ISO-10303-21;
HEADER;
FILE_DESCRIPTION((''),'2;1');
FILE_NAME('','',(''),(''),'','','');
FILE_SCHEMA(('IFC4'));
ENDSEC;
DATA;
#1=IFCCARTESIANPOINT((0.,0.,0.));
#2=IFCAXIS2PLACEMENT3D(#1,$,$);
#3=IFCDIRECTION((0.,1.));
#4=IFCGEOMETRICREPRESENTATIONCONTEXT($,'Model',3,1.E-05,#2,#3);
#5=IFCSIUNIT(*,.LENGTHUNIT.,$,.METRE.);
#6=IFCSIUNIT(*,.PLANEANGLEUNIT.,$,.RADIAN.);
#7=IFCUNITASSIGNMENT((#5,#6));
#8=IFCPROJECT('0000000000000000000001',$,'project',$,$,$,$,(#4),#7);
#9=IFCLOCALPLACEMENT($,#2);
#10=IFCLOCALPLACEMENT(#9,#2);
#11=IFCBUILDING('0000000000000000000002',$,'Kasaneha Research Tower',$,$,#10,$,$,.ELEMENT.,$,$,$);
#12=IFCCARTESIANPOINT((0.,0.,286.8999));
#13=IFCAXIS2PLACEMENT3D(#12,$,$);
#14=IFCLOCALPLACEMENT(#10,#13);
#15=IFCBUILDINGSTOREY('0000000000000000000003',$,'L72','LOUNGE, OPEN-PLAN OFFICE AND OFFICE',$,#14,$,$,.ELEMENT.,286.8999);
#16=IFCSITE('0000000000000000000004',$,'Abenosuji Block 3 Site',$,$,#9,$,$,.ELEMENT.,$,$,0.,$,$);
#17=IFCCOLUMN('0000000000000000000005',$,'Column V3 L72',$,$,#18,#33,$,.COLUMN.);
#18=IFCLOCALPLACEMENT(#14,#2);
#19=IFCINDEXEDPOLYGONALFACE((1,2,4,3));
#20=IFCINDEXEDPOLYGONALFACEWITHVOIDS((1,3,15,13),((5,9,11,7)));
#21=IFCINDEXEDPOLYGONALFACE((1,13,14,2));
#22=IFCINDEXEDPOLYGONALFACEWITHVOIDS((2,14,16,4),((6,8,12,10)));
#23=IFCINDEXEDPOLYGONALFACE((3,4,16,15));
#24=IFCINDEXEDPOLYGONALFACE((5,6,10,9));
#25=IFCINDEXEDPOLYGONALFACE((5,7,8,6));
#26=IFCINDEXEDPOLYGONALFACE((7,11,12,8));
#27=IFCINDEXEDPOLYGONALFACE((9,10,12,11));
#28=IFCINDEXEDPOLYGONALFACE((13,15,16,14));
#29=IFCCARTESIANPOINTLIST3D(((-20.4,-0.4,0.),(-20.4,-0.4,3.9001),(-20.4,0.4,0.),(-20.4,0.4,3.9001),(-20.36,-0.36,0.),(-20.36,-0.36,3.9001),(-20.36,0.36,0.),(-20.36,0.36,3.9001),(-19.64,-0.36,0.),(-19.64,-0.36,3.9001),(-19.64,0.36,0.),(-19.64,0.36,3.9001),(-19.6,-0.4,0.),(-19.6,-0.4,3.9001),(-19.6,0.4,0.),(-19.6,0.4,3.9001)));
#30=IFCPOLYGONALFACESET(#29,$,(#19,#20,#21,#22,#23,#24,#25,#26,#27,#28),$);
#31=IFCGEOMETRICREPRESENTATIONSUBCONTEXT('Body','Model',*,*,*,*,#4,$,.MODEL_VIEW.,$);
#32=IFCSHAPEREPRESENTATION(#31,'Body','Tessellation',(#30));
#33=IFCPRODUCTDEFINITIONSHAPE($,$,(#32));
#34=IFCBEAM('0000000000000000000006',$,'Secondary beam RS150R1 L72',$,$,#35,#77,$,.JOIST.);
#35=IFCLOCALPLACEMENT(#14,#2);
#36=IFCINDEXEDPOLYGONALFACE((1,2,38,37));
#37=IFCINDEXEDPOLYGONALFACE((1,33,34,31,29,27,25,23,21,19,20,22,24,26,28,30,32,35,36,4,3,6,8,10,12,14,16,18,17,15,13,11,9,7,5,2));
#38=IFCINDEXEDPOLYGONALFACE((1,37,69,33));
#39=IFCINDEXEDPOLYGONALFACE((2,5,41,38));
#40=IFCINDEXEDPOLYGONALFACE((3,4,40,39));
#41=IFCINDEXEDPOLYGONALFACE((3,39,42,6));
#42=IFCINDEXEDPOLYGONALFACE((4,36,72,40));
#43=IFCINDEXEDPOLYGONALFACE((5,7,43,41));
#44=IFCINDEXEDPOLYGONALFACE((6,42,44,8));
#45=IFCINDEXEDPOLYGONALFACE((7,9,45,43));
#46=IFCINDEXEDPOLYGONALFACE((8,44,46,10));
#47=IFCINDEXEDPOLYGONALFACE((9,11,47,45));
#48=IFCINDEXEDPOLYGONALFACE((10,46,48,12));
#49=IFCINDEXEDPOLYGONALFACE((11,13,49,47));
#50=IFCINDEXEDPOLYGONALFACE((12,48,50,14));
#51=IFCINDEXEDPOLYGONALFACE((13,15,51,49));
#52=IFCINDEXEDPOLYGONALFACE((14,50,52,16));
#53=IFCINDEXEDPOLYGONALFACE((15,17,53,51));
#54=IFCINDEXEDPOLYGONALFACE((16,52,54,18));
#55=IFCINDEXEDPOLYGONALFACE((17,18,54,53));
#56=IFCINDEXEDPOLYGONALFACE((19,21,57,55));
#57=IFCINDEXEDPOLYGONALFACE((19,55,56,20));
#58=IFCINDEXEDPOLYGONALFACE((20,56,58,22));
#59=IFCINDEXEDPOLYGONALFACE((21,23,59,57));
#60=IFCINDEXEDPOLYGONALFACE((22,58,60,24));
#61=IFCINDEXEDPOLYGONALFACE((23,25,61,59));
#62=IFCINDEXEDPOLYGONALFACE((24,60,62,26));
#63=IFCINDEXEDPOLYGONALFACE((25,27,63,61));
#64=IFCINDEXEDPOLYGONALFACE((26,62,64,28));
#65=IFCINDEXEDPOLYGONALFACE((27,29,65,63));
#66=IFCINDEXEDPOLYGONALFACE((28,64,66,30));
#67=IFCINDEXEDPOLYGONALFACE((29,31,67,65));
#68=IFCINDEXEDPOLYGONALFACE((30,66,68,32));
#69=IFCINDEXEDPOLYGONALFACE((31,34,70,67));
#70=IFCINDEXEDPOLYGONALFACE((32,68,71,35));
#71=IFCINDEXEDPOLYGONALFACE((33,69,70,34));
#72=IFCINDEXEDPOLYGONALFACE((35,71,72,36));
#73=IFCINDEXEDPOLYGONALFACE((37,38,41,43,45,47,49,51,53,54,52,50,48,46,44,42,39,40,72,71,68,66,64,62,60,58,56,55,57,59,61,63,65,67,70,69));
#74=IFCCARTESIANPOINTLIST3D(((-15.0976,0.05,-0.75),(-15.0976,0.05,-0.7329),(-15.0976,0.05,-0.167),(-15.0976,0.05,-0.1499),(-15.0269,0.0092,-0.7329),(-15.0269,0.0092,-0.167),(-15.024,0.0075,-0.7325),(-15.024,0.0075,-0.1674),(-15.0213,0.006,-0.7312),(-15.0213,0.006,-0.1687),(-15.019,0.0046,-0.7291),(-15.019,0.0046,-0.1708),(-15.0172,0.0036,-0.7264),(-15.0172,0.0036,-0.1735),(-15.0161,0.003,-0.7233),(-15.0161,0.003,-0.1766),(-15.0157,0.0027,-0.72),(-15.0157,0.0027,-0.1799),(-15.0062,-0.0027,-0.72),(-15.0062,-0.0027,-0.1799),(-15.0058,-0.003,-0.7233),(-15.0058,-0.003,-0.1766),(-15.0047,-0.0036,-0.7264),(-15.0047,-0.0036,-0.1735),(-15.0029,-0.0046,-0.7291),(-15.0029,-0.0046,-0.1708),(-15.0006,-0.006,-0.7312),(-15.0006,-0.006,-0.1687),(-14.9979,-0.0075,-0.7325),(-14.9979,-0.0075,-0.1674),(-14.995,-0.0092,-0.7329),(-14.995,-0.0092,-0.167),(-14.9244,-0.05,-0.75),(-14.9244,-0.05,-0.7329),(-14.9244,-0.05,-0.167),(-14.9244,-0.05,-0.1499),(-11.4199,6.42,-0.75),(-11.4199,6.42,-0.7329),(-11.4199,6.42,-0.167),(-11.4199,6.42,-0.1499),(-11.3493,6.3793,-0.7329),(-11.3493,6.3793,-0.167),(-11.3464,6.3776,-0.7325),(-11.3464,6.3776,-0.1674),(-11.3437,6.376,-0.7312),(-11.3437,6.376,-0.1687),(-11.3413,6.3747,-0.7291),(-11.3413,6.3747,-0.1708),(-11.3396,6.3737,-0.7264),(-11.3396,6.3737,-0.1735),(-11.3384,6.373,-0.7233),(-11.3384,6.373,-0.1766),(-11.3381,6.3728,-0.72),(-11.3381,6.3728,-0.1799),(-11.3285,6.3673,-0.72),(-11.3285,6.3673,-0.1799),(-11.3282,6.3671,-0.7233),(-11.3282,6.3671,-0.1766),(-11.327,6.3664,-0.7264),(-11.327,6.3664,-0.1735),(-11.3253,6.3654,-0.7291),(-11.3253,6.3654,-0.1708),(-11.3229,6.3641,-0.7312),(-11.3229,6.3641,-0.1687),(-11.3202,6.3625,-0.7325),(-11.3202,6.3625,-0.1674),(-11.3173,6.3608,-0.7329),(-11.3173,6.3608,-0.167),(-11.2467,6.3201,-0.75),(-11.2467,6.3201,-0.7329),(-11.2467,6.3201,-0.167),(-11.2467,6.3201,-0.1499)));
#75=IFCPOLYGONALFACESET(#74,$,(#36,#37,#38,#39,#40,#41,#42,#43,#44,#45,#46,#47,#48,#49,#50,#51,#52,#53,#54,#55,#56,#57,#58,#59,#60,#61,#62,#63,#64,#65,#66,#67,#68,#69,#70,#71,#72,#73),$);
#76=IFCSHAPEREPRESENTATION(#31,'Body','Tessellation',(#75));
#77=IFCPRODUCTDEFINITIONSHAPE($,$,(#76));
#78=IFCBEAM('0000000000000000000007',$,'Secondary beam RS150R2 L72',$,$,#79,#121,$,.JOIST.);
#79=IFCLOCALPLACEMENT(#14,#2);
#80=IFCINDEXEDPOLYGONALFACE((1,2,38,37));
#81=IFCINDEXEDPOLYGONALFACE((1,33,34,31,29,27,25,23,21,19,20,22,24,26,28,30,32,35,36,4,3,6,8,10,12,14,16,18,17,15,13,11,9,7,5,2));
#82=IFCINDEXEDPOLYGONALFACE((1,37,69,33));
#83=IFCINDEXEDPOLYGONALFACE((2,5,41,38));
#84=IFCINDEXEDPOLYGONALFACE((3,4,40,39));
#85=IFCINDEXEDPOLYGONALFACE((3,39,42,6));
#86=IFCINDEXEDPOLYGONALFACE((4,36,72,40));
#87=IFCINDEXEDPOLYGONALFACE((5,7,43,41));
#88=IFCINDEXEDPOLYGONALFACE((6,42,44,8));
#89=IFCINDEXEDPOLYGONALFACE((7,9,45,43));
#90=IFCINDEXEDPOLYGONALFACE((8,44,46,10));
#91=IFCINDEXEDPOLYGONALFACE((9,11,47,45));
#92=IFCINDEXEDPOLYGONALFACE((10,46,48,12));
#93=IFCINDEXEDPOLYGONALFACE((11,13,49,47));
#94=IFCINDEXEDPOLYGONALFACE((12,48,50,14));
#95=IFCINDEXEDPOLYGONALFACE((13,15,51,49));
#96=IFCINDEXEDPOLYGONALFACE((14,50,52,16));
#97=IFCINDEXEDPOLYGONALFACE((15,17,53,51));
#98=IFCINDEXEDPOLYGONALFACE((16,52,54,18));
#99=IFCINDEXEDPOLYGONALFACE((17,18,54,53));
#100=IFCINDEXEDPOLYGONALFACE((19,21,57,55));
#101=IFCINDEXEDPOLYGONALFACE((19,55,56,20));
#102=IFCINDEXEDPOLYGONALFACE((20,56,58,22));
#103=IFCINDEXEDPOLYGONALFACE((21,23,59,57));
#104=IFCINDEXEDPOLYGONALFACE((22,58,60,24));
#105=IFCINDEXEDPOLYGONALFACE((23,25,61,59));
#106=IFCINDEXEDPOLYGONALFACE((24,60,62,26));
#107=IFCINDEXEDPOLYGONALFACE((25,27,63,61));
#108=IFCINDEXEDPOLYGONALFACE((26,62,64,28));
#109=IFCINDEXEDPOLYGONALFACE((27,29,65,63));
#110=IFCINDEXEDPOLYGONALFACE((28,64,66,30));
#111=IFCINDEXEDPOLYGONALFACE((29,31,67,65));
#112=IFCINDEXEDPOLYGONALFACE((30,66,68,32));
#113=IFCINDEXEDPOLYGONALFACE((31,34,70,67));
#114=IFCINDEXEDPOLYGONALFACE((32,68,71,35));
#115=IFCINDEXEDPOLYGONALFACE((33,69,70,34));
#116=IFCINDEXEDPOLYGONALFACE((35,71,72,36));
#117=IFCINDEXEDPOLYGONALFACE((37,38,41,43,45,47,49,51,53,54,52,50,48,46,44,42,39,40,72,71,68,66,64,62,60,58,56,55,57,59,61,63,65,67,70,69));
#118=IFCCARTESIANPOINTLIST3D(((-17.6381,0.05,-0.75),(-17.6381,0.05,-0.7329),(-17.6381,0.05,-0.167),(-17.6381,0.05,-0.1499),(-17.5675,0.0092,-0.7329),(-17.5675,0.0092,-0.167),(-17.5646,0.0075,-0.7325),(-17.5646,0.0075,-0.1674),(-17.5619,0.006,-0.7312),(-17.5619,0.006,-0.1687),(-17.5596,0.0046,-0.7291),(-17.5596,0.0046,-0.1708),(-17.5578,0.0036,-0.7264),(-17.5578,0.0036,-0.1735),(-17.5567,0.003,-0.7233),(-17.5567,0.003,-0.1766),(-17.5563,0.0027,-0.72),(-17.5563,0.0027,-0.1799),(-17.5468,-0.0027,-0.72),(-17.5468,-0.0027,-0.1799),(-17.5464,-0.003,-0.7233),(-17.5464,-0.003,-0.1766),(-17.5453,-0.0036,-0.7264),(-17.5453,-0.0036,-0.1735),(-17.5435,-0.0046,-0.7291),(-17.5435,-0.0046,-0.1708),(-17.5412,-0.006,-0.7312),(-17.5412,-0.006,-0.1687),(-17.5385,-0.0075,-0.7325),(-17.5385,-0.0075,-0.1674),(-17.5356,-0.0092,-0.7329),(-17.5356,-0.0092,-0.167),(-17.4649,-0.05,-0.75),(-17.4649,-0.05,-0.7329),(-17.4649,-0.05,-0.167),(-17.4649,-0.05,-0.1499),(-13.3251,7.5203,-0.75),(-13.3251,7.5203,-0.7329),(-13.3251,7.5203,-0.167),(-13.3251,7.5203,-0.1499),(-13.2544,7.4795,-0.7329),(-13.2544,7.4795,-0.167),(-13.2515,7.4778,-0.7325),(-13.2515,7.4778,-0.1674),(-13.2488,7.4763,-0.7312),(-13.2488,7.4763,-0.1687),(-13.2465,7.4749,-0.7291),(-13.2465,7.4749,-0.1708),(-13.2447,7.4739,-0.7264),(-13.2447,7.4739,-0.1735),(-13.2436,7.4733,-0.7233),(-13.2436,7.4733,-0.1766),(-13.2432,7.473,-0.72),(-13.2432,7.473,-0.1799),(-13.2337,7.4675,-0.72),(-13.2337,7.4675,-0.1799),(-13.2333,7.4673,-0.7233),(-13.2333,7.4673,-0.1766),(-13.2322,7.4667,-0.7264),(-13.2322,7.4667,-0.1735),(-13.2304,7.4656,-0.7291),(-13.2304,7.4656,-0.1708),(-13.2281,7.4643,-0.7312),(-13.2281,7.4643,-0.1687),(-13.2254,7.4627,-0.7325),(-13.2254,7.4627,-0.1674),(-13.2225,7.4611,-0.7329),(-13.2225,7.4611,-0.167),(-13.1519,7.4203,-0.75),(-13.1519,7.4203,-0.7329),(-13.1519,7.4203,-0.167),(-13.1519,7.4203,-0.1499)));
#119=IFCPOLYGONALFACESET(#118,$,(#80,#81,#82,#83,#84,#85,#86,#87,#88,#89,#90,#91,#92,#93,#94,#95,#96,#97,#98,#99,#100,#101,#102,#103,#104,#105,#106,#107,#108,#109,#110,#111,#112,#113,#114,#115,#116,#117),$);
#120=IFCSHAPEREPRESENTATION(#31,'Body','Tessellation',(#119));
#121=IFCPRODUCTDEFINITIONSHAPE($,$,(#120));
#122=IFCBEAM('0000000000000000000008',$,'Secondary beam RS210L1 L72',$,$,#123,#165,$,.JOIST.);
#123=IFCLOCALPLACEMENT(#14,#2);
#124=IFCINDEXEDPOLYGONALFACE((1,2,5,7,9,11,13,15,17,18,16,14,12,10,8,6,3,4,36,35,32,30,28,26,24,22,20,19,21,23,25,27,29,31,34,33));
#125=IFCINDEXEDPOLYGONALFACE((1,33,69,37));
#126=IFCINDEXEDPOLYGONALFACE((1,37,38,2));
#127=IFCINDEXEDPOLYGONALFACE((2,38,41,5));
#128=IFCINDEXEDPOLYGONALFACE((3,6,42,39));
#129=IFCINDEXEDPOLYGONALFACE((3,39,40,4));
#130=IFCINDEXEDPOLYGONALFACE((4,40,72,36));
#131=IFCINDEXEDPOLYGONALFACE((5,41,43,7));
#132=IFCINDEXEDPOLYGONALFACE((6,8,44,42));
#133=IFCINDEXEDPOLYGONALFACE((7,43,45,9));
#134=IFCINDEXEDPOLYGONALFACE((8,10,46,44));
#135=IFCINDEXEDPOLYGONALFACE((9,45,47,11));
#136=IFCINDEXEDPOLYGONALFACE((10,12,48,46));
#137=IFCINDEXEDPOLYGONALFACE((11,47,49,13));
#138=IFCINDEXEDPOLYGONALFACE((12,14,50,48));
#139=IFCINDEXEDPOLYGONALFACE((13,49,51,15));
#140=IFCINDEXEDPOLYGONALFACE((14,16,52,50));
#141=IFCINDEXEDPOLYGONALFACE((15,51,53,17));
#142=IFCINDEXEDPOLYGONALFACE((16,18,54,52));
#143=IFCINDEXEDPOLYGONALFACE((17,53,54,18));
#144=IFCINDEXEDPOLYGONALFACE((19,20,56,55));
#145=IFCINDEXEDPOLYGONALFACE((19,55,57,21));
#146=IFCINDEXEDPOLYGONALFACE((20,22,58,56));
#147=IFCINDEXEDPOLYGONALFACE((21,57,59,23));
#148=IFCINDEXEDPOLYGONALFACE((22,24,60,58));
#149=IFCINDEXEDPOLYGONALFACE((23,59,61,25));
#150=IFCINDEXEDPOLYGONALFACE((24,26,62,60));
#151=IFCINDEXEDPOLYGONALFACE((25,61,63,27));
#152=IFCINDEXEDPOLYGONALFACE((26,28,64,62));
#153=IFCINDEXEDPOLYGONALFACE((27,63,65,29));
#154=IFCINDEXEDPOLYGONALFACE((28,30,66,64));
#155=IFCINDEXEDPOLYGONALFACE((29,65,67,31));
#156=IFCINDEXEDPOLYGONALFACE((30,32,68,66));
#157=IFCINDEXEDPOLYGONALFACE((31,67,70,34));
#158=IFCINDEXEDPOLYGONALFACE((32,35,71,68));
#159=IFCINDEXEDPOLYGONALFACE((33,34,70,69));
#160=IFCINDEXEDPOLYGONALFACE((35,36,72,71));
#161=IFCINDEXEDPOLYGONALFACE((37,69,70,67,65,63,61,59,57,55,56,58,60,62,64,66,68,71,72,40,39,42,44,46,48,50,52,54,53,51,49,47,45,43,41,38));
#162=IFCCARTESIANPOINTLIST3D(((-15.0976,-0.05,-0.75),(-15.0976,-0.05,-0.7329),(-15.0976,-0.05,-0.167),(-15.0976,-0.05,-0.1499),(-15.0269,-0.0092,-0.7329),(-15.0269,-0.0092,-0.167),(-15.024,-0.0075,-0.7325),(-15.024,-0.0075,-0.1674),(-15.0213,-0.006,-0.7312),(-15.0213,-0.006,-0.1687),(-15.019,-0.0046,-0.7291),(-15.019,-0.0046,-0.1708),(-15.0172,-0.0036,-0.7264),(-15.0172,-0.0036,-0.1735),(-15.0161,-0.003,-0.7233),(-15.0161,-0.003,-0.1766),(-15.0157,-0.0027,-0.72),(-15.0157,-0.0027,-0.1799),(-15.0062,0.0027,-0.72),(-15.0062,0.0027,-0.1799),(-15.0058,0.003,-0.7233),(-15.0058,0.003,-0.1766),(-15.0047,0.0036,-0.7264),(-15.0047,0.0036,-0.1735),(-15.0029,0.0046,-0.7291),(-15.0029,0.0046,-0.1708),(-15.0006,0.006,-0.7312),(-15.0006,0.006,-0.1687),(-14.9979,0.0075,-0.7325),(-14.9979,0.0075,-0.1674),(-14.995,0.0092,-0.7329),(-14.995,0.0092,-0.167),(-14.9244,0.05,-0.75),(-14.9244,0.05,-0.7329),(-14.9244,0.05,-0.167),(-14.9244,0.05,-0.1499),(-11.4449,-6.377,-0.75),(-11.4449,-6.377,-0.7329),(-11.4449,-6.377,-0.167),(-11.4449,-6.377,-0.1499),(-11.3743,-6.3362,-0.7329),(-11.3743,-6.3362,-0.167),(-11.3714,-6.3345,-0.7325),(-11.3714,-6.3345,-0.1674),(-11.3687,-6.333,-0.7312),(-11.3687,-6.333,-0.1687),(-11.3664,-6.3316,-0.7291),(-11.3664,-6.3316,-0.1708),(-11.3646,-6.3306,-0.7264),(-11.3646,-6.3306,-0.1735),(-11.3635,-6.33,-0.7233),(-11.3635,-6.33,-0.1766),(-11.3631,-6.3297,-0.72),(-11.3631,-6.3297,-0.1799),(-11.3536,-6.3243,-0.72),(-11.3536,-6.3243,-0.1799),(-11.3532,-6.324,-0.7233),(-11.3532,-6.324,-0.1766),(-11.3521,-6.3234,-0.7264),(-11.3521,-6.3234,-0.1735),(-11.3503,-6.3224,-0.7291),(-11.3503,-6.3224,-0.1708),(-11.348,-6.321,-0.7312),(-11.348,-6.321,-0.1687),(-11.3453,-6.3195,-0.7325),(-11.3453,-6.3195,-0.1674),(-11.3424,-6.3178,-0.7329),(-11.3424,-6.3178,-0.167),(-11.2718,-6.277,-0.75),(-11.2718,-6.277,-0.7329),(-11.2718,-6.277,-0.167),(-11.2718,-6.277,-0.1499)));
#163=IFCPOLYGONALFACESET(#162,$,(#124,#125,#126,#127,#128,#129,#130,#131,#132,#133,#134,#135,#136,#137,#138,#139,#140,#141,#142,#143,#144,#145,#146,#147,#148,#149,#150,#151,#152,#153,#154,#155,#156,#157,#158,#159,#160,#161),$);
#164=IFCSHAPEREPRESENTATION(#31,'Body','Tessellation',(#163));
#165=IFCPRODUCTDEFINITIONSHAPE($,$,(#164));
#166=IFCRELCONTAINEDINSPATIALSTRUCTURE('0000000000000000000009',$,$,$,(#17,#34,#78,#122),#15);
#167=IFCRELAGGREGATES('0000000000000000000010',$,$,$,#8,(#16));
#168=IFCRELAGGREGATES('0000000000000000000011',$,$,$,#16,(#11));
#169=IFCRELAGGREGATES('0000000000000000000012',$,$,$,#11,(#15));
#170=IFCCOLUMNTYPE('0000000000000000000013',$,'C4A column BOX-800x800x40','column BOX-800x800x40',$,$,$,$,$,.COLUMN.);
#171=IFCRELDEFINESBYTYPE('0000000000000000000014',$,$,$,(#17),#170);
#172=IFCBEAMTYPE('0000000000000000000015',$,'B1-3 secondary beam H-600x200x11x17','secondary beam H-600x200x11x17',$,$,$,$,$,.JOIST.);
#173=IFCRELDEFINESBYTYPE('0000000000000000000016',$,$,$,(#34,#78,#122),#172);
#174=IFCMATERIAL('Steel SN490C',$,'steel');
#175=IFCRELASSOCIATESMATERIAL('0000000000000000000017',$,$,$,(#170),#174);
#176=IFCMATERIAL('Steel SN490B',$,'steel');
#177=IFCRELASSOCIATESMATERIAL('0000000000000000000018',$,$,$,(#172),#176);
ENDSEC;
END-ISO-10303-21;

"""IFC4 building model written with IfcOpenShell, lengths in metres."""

from ifc_helpers import new_model, si_unit, direction, frame, origin, origin_2d, place, context, subcontext, project, spatial, hollow_rectangle, i_section, extrude, material, material_profile, profile_set, type_object, element, save


model = new_model("IFC4")

# Units and contexts
model_context = context("Model", 3, precision=1e-05, world=origin(), true_north=direction((0.0, 1.0)))
body_context = subcontext(model_context, "Body", "Model", "MODEL_VIEW")
ifc_project = project(units=[si_unit("LENGTHUNIT", "METRE"), si_unit("PLANEANGLEUNIT", "RADIAN")], contexts=[model_context])

# Site, building, storey
site_placement = place(None, origin())
site = spatial("IfcSite", under=ifc_project, at=site_placement, Name="Abenosuji Block 3 Site", CompositionType="ELEMENT", RefElevation=0.0)
building_placement = place(site_placement, origin())
building = spatial("IfcBuilding", under=site, at=building_placement, Name="Kasaneha Research Tower", CompositionType="ELEMENT")
storey_placement = place(building_placement, frame((0.0, 0.0, 286.8999)))
storey = spatial("IfcBuildingStorey", under=building, at=storey_placement, Name="L72", Description="LOUNGE, OPEN-PLAN OFFICE AND OFFICE", CompositionType="ELEMENT", Elevation=286.8999)

# Column
ifc_material_1 = material(Name="Steel SN490C", Category="steel")
ifc_material_profile_1 = material_profile(ifc_material_1, hollow_rectangle(XDim=0.8, YDim=0.8, WallThickness=0.04, at=origin_2d()), Name="BOX-800x800x40")
ifc_profile_set_1 = profile_set([ifc_material_profile_1], Name="Steel SN490C")
column_type = type_object("IfcColumnType", Name="C4A column BOX-800x800x40", Description="column BOX-800x800x40", PredefinedType="COLUMN", material=ifc_profile_set_1)
column_placement = place(storey_placement, frame((-20.0, 0.0, 0.0), z_axis=(0.0, 0.0, 1.0), x_axis=(1.0, 0.0, 0.0)))
element("IfcColumn", 1, at=column_placement, inside=storey, type_object=column_type, Name="Column V3 L72", PredefinedType="COLUMN", context=body_context, shape_type="SweptSolid", body=[
    extrude(hollow_rectangle(XDim=0.8, YDim=0.8, WallThickness=0.04, at=origin_2d()), origin(), (0.0, 0.0, 1.0), 3.9001),
])

# Beams
ifc_material_2 = material(Name="Steel SN490B", Category="steel")
ifc_material_profile_2 = material_profile(ifc_material_2, i_section(OverallWidth=0.2, OverallDepth=0.6001, WebThickness=0.011, FlangeThickness=0.0171, FilletRadius=0.0129, at=origin_2d()), Name="H-600x200x11x17")
ifc_profile_set_2 = profile_set([ifc_material_profile_2], Name="Steel SN490B")
beam_type_1 = type_object("IfcBeamType", Name="B1-3 secondary beam H-600x200x11x17", Description="secondary beam H-600x200x11x17", PredefinedType="JOIST", material=ifc_profile_set_2)
beam_1_placement = place(storey_placement, frame((-15.011, 0.0, -0.45), z_axis=(0.499994, 0.866029, 0.0), x_axis=(-0.866029, 0.499994, 0.0)))
element("IfcBeam", 2, at=beam_1_placement, inside=storey, type_object=beam_type_1, Name="Secondary beam RS150R1 L72", PredefinedType="JOIST", context=body_context, shape_type="SweptSolid", body=[
    extrude(i_section(OverallWidth=0.2, OverallDepth=0.6001, WebThickness=0.011, FlangeThickness=0.0171, FilletRadius=0.0129, at=origin_2d()), origin(), (0.0, 0.0, 1.0), 7.3555),
])
beam_2_placement = place(storey_placement, frame((-17.5515, 0.0, -0.45), z_axis=(0.500005, 0.866023, 0.0), x_axis=(-0.866023, 0.500005, 0.0)))
element("IfcBeam", 3, at=beam_2_placement, inside=storey, type_object=beam_type_1, Name="Secondary beam RS150R2 L72", PredefinedType="JOIST", context=body_context, shape_type="SweptSolid", body=[
    extrude(i_section(OverallWidth=0.2, OverallDepth=0.6001, WebThickness=0.011, FlangeThickness=0.0171, FilletRadius=0.0129, at=origin_2d()), origin(), (0.0, 0.0, 1.0), 8.626),
])
beam_3_placement = place(storey_placement, frame((-15.011, 0.0, -0.45), z_axis=(0.499974, -0.86604, 0.0), x_axis=(0.86604, 0.499974, 0.0)))
element("IfcBeam", 4, at=beam_3_placement, inside=storey, type_object=beam_type_1, Name="Secondary beam RS210L1 L72", PredefinedType="JOIST", context=body_context, shape_type="SweptSolid", body=[
    extrude(i_section(OverallWidth=0.2, OverallDepth=0.6001, WebThickness=0.011, FlangeThickness=0.0171, FilletRadius=0.0129, at=origin_2d()), origin(), (0.0, 0.0, 1.0), 7.3057),
])

save(model, "model.ifc")
